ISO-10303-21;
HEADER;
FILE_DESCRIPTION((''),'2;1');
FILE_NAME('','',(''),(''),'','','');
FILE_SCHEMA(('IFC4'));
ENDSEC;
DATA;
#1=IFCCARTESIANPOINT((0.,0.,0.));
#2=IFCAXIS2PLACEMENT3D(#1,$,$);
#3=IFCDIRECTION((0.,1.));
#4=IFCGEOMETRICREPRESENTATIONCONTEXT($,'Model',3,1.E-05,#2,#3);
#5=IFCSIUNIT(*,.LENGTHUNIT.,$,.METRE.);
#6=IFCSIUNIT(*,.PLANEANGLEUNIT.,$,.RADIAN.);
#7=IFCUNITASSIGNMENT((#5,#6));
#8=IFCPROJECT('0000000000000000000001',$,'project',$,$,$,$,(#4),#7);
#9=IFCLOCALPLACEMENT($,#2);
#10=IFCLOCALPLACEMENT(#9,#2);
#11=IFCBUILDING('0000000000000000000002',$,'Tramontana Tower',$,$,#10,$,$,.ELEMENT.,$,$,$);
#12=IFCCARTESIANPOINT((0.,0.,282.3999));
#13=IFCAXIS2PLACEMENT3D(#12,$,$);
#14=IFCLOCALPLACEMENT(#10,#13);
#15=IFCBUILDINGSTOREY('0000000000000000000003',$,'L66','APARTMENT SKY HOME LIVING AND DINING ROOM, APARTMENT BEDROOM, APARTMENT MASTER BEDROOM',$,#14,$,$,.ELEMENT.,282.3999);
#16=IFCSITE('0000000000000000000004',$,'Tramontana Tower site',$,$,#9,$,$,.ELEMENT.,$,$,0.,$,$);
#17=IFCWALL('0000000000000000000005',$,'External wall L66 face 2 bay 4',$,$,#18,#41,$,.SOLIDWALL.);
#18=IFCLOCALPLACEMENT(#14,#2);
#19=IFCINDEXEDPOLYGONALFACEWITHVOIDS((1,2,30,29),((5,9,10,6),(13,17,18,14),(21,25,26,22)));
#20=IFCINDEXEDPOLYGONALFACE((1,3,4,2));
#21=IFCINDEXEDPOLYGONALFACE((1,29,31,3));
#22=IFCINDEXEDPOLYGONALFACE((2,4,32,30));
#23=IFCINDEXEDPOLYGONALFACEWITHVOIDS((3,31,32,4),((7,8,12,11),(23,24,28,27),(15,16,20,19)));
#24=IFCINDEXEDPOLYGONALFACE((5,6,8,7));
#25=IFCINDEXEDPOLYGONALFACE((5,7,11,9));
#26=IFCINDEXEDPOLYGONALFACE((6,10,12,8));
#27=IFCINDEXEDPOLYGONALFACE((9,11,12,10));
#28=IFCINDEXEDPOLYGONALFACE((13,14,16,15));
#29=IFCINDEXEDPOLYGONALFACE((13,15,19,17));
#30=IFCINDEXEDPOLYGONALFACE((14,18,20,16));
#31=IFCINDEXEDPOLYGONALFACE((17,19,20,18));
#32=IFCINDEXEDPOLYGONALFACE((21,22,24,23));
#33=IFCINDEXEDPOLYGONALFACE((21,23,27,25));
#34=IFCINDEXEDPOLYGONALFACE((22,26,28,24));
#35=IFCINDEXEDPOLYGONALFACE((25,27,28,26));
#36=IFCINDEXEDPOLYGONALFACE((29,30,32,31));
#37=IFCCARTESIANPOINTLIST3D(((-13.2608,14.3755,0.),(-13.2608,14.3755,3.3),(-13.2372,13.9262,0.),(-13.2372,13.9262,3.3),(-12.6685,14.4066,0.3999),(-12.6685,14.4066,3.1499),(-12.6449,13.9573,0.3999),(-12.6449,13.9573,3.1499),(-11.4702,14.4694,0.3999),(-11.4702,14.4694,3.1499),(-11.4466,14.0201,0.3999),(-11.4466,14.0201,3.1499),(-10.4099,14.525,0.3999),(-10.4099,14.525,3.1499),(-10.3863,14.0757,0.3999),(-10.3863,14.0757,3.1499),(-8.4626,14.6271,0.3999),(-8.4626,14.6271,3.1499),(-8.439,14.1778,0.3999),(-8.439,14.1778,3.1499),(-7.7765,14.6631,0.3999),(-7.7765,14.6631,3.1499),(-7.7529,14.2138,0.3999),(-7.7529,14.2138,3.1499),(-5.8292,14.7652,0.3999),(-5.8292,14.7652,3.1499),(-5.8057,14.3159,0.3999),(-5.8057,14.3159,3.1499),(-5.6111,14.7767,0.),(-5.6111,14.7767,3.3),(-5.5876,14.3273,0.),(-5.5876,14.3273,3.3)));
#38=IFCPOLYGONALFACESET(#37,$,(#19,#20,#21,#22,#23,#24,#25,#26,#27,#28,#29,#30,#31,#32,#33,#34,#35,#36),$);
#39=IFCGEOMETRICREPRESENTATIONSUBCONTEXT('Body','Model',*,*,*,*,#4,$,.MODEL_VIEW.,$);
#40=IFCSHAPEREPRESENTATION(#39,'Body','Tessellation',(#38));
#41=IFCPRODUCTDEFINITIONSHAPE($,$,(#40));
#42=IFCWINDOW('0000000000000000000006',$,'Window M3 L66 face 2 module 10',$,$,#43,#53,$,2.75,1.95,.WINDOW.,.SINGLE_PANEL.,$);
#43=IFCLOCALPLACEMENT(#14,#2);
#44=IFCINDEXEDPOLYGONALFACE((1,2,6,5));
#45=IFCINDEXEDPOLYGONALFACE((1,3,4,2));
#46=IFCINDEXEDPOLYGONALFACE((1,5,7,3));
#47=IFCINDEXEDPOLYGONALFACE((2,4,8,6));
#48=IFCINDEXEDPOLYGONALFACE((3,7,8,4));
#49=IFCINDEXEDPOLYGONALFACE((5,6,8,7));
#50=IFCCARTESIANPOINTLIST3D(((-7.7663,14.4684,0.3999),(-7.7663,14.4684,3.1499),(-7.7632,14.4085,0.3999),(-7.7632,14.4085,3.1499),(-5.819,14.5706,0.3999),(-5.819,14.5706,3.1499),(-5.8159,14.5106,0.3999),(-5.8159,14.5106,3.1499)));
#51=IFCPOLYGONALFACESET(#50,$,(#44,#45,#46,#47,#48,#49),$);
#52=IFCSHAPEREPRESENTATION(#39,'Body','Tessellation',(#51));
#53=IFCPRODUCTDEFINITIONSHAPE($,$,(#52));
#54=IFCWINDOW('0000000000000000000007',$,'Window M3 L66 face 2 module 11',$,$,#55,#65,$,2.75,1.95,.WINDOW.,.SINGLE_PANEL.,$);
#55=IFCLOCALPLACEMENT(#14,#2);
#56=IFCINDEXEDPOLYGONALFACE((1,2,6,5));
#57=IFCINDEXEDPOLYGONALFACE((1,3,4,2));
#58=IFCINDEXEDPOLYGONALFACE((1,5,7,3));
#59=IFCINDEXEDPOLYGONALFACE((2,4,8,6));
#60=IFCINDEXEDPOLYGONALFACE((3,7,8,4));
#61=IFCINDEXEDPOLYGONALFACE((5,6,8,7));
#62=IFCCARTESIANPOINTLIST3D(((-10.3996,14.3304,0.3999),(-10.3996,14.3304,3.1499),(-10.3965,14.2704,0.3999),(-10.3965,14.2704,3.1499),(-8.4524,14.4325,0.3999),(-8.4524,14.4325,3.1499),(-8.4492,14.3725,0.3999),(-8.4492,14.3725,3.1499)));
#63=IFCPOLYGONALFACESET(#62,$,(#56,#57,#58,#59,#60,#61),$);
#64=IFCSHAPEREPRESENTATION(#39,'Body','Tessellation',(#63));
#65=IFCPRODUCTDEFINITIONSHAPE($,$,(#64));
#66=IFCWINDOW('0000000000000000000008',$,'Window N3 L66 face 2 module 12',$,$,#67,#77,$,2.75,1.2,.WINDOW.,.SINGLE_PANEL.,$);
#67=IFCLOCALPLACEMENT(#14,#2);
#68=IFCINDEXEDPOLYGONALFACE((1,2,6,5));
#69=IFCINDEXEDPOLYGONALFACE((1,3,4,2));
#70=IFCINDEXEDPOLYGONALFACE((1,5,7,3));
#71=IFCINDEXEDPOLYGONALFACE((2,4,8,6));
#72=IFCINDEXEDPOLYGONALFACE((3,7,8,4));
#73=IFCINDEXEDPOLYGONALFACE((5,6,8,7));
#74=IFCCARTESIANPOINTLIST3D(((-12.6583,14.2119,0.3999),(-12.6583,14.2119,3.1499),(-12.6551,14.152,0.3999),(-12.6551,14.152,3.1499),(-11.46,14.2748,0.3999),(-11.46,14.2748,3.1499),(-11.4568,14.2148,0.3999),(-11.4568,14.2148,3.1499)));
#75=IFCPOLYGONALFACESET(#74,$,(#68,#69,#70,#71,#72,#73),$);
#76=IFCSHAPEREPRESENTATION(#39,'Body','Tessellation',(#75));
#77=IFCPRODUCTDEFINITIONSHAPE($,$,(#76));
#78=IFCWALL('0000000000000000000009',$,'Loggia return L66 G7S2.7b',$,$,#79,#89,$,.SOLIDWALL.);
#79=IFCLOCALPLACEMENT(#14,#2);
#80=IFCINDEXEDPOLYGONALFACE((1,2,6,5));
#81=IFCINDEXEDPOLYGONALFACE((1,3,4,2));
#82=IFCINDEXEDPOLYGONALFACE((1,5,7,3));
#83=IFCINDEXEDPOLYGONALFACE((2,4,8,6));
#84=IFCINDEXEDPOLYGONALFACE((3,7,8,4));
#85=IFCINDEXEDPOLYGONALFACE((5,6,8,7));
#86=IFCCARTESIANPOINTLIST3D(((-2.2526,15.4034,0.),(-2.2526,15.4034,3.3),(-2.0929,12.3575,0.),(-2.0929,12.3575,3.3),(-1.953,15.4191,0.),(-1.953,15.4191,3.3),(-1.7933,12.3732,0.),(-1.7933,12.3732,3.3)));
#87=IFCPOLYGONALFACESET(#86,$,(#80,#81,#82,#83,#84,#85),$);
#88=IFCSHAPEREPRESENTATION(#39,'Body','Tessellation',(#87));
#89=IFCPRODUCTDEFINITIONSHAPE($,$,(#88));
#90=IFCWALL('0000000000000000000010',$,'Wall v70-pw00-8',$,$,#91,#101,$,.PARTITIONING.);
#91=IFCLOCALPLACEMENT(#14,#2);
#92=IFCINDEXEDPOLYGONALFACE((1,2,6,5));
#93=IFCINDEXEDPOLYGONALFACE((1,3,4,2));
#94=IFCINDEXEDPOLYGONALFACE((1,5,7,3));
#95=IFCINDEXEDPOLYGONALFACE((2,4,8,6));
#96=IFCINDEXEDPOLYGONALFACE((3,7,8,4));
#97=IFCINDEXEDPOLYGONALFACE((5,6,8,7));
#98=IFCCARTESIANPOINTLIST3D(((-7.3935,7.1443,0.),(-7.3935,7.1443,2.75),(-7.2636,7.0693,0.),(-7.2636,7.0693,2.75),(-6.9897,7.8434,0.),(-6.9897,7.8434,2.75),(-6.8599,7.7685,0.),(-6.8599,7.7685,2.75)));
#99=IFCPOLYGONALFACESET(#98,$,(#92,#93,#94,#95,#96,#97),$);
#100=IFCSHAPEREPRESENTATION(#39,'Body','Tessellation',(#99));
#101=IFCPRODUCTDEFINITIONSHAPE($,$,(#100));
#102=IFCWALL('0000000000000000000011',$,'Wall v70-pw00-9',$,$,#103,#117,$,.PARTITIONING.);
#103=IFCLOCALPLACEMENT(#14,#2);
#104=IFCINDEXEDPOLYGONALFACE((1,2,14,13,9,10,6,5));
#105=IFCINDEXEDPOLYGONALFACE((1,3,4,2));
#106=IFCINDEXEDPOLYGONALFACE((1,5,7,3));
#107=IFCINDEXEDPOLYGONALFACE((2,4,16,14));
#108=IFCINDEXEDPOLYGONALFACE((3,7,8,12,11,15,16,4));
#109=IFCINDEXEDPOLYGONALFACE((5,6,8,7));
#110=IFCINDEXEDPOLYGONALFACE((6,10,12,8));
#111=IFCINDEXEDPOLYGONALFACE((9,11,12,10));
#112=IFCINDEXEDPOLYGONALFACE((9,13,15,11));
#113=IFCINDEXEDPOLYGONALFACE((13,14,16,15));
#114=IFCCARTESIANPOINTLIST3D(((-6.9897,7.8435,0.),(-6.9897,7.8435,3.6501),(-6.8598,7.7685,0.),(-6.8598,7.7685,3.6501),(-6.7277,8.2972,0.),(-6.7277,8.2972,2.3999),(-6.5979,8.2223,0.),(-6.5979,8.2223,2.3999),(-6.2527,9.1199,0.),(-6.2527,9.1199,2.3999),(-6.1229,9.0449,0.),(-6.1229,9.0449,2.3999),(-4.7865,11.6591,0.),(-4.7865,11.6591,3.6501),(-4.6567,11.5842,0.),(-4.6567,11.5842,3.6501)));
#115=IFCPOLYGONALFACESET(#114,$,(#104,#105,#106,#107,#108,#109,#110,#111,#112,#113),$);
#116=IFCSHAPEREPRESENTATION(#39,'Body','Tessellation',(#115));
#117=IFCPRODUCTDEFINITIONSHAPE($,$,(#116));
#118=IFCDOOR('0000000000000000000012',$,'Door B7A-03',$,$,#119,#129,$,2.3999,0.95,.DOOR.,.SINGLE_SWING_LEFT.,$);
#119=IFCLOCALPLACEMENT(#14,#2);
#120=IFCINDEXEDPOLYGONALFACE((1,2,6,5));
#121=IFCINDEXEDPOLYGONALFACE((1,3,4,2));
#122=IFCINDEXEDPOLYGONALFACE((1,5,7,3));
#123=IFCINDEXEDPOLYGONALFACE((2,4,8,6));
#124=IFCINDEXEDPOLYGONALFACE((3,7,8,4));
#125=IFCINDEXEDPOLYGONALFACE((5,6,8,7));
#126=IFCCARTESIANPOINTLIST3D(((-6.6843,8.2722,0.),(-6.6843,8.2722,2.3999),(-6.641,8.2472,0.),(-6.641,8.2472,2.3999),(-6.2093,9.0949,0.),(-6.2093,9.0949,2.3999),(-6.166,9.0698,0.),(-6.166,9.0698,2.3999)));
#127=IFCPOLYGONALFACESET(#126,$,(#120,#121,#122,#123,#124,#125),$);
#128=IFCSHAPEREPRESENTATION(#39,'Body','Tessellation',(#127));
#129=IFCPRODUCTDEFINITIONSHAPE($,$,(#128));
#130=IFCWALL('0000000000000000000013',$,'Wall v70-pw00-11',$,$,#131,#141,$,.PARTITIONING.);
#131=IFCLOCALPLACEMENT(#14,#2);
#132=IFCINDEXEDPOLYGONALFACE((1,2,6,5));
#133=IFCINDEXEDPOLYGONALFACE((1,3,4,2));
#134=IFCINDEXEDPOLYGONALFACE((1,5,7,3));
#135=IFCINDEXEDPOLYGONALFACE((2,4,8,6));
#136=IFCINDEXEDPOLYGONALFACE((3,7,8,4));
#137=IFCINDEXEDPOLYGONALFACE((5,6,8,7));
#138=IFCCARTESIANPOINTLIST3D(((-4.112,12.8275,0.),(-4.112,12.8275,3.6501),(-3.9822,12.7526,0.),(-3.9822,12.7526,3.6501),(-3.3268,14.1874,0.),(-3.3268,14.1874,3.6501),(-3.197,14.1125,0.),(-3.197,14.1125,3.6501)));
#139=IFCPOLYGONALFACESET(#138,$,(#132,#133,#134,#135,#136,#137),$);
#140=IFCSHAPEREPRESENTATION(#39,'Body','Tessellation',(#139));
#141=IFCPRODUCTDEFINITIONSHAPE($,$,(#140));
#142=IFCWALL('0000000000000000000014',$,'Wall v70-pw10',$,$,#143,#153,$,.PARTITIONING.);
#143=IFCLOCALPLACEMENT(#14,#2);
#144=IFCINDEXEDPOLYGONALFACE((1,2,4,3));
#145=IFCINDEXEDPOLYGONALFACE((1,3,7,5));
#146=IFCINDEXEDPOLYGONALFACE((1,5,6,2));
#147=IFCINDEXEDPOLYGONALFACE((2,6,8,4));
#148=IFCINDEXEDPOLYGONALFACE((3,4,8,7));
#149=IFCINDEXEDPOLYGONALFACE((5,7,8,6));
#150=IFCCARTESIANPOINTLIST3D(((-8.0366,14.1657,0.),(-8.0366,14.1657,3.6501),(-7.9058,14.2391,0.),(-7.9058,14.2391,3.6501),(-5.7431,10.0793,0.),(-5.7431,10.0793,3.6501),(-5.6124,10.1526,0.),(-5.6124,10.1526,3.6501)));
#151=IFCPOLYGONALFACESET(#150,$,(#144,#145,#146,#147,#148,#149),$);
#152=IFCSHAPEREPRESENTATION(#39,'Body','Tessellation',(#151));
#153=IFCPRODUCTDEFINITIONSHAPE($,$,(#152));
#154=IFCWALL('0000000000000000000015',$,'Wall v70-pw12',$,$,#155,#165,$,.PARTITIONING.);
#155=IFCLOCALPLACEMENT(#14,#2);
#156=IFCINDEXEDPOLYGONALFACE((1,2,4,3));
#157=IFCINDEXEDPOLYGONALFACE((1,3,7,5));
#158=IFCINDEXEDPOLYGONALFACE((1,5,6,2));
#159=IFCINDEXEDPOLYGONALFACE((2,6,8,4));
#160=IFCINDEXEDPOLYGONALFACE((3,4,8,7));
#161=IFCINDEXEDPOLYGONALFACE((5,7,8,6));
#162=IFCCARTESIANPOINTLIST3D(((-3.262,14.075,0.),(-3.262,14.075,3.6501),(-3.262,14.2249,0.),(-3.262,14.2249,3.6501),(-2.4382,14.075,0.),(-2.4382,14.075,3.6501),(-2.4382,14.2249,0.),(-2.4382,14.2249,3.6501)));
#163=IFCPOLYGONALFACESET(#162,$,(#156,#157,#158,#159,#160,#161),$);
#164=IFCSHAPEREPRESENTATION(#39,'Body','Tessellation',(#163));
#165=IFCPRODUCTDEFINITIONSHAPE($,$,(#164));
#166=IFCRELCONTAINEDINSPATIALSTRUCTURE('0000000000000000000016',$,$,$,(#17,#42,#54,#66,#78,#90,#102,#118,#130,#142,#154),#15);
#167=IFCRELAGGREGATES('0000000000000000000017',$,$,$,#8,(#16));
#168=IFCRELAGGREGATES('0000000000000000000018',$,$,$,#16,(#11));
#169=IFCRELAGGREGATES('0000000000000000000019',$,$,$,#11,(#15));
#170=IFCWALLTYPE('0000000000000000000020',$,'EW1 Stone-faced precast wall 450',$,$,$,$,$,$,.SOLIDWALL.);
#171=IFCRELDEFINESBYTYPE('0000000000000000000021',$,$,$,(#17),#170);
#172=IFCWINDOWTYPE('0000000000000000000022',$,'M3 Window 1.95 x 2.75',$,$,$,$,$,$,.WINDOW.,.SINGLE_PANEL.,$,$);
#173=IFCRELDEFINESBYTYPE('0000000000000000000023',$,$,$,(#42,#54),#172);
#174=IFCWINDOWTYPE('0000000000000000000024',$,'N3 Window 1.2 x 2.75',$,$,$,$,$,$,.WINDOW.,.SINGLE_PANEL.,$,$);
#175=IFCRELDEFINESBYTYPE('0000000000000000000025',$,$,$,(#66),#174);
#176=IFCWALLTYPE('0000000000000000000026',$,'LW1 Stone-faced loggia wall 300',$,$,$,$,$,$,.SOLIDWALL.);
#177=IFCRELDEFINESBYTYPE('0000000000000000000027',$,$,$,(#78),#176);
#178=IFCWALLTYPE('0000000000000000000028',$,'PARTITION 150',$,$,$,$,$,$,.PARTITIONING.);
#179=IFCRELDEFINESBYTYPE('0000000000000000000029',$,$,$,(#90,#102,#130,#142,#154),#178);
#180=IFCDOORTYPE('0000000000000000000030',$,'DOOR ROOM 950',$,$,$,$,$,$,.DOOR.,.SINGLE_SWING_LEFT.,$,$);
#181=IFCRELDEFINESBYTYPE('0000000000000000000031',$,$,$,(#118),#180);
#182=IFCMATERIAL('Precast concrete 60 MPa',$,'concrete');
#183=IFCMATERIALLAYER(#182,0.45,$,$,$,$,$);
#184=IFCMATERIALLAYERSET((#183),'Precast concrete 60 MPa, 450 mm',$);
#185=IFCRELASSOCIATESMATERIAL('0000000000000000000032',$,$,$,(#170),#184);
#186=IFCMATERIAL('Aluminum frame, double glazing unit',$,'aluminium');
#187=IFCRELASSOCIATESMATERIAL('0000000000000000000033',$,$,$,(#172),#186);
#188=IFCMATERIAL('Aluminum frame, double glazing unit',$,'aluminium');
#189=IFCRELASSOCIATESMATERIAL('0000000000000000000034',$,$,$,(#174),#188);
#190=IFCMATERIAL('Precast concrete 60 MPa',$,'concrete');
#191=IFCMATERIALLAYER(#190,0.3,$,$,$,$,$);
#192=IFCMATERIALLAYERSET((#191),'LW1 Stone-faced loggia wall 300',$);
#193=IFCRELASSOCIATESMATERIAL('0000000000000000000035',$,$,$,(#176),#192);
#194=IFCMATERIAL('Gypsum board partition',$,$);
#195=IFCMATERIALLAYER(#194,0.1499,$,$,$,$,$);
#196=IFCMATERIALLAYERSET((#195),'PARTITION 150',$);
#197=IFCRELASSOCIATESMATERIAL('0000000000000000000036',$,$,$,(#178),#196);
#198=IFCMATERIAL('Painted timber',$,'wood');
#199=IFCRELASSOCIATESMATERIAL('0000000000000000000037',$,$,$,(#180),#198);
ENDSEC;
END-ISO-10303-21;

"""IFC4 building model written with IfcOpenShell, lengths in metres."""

from ifc_helpers import new_model, si_unit, direction, frame, frame_2d, origin, place, context, subcontext, project, spatial, rectangle, extrude, material, layer, layer_set, type_object, element, fill, save


model = new_model("IFC4")

# Units and contexts
model_context = context("Model", 3, precision=1e-05, world=origin(), true_north=direction((0.0, 1.0)))
body_context = subcontext(model_context, "Body", "Model", "MODEL_VIEW")
ifc_project = project(units=[si_unit("LENGTHUNIT", "METRE"), si_unit("PLANEANGLEUNIT", "RADIAN")], contexts=[model_context])

# Site, building, storey
site_placement = place(None, origin())
site = spatial("IfcSite", under=ifc_project, at=site_placement, Name="Tramontana Tower site", CompositionType="ELEMENT", RefElevation=0.0)
building_placement = place(site_placement, origin())
building = spatial("IfcBuilding", under=site, at=building_placement, Name="Tramontana Tower", CompositionType="ELEMENT")
storey_placement = place(building_placement, frame((0.0, 0.0, 282.3999)))
storey = spatial("IfcBuildingStorey", under=building, at=storey_placement, Name="L66", Description="APARTMENT SKY HOME LIVING AND DINING ROOM, APARTMENT BEDROOM, APARTMENT MASTER BEDROOM", CompositionType="ELEMENT", Elevation=282.3999)

# Shared definitions
ifc_material_1 = material(Name="Precast concrete 60 MPa", Category="concrete")
ifc_layer_1 = layer(ifc_material_1, 0.45)
ifc_layer_set_1 = layer_set([ifc_layer_1], Name="Precast concrete 60 MPa, 450 mm")
wall_type_1 = type_object("IfcWallType", Name="EW1 Stone-faced precast wall 450", PredefinedType="SOLIDWALL", material=ifc_layer_set_1)
ifc_material_2 = material(Name="Aluminum frame, double glazing unit", Category="aluminium")
window_type_1 = type_object("IfcWindowType", Name="M3 Window 1.95 x 2.75", PartitioningType="SINGLE_PANEL", PredefinedType="WINDOW", material=ifc_material_2)

# Wall, openings, windows
wall_1_placement = place(storey_placement, frame((-5.5994, 14.552, 0.0), z_axis=(0.0, 0.0, 1.0), x_axis=(-0.998628, -0.052365, 0.0)))
wall_1 = element("IfcWall", 1, at=wall_1_placement, inside=storey, type_object=wall_type_1, Name="External wall L66 face 2 bay 4", PredefinedType="SOLIDWALL", context=body_context, shape_type="SweptSolid", body=[
    extrude(rectangle(XDim=7.6602, YDim=0.45, at=frame_2d((3.8301, 0.0))), origin(), (0.0, 0.0, 1.0), 3.3),
])
opening_1_placement = place(wall_1_placement, frame((0.2183, 0.0, 0.3999)))
opening_1 = element("IfcOpeningElement", 2, at=opening_1_placement, cuts=wall_1, PredefinedType="OPENING", context=body_context, shape_type="SweptSolid", body=[
    extrude(rectangle(XDim=1.95, YDim=2.75, at=frame_2d((0.9751, 1.375))), frame((0.0, 0.2349, 0.0), z_axis=(0.0, -1.0, 0.0), x_axis=(1.0, 0.0, 0.0)), (0.0, 0.0, 1.0), 0.47),
])
opening_2_placement = place(wall_1_placement, frame((2.8552, 0.0, 0.3999)))
opening_2 = element("IfcOpeningElement", 3, at=opening_2_placement, cuts=wall_1, PredefinedType="OPENING", context=body_context, shape_type="SweptSolid", body=[
    extrude(rectangle(XDim=1.95, YDim=2.75, at=frame_2d((0.9751, 1.375))), frame((0.0, 0.2349, 0.0), z_axis=(0.0, -1.0, 0.0), x_axis=(1.0, 0.0, 0.0)), (0.0, 0.0, 1.0), 0.47),
])
opening_3_placement = place(wall_1_placement, frame((5.8669, 0.0, 0.3999)))
opening_3 = element("IfcOpeningElement", 4, at=opening_3_placement, cuts=wall_1, PredefinedType="OPENING", context=body_context, shape_type="SweptSolid", body=[
    extrude(rectangle(XDim=1.2, YDim=2.75, at=frame_2d((0.6001, 1.375))), frame((0.0, 0.2349, 0.0), z_axis=(0.0, -1.0, 0.0), x_axis=(1.0, 0.0, 0.0)), (0.0, 0.0, 1.0), 0.47),
])
window_1_placement = place(opening_1_placement, origin())
window_1 = element("IfcWindow", 5, at=window_1_placement, inside=storey, type_object=window_type_1, Name="Window M3 L66 face 2 module 10", OverallHeight=2.75, OverallWidth=1.95, PartitioningType="SINGLE_PANEL", PredefinedType="WINDOW", context=body_context, shape_type="SweptSolid", body=[
    extrude(rectangle(XDim=1.95, YDim=2.75, at=frame_2d((0.9751, 1.375))), frame((0.0, 0.03, 0.0), z_axis=(0.0, -1.0, 0.0), x_axis=(1.0, 0.0, 0.0)), (0.0, 0.0, 1.0), 0.0601),
])
fill(opening_1, window_1)
window_2_placement = place(opening_2_placement, origin())
window_2 = element("IfcWindow", 6, at=window_2_placement, inside=storey, type_object=window_type_1, Name="Window M3 L66 face 2 module 11", OverallHeight=2.75, OverallWidth=1.95, PartitioningType="SINGLE_PANEL", PredefinedType="WINDOW", context=body_context, shape_type="SweptSolid", body=[
    extrude(rectangle(XDim=1.95, YDim=2.75, at=frame_2d((0.9751, 1.375))), frame((0.0, 0.03, 0.0), z_axis=(0.0, -1.0, 0.0), x_axis=(1.0, 0.0, 0.0)), (0.0, 0.0, 1.0), 0.0601),
])
fill(opening_2, window_2)
ifc_material_3 = material(Name="Aluminum frame, double glazing unit", Category="aluminium")
window_type_2 = type_object("IfcWindowType", Name="N3 Window 1.2 x 2.75", PartitioningType="SINGLE_PANEL", PredefinedType="WINDOW", material=ifc_material_3)
window_3_placement = place(opening_3_placement, origin())
window_3 = element("IfcWindow", 7, at=window_3_placement, inside=storey, type_object=window_type_2, Name="Window N3 L66 face 2 module 12", OverallHeight=2.75, OverallWidth=1.2, PartitioningType="SINGLE_PANEL", PredefinedType="WINDOW", context=body_context, shape_type="SweptSolid", body=[
    extrude(rectangle(XDim=1.2, YDim=2.75, at=frame_2d((0.6001, 1.375))), frame((0.0, 0.03, 0.0), z_axis=(0.0, -1.0, 0.0), x_axis=(1.0, 0.0, 0.0)), (0.0, 0.0, 1.0), 0.0601),
])
fill(opening_3, window_3)

# Walls
ifc_material_4 = material(Name="Precast concrete 60 MPa", Category="concrete")
ifc_layer_2 = layer(ifc_material_4, 0.3)
ifc_layer_set_2 = layer_set([ifc_layer_2], Name="LW1 Stone-faced loggia wall 300")
wall_type_2 = type_object("IfcWallType", Name="LW1 Stone-faced loggia wall 300", PredefinedType="SOLIDWALL", material=ifc_layer_set_2)
wall_2_placement = place(storey_placement, frame((-2.1028, 15.4111, 0.0), z_axis=(0.0, 0.0, 1.0), x_axis=(0.052349, -0.998629, 0.0)))
element("IfcWall", 8, at=wall_2_placement, inside=storey, type_object=wall_type_2, Name="Loggia return L66 G7S2.7b", PredefinedType="SOLIDWALL", context=body_context, shape_type="SweptSolid", body=[
    extrude(rectangle(XDim=3.05, YDim=0.3, at=frame_2d((1.5249, 0.0))), origin(), (0.0, 0.0, 1.0), 3.3),
])
ifc_material_5 = material(Name="Gypsum board partition")
ifc_layer_3 = layer(ifc_material_5, 0.1499)
ifc_layer_set_3 = layer_set([ifc_layer_3], Name="PARTITION 150")
wall_type_3 = type_object("IfcWallType", Name="PARTITION 150", PredefinedType="PARTITIONING", material=ifc_layer_set_3)
wall_3_placement = place(storey_placement, frame((-7.3286, 7.1067, 0.0), z_axis=(0.0, 0.0, 1.0), x_axis=(0.500106, 0.865964, 0.0)))
element("IfcWall", 9, at=wall_3_placement, inside=storey, type_object=wall_type_3, Name="Wall v70-pw00-8", PredefinedType="PARTITIONING", context=body_context, shape_type="SweptSolid", body=[
    extrude(rectangle(XDim=0.8074, YDim=0.1499, at=frame_2d((0.4038, 0.0))), origin(), (0.0, 0.0, 1.0), 2.75),
])

# Wall, opening, door
wall_4_placement = place(storey_placement, frame((-6.9248, 7.8059, 0.0), z_axis=(0.0, 0.0, 1.0), x_axis=(0.500025, 0.866011, 0.0)))
wall_4 = element("IfcWall", 10, at=wall_4_placement, inside=storey, type_object=wall_type_3, Name="Wall v70-pw00-9", PredefinedType="PARTITIONING", context=body_context, shape_type="SweptSolid", body=[
    extrude(rectangle(XDim=4.406, YDim=0.1499, at=frame_2d((2.2031, 0.0))), origin(), (0.0, 0.0, 1.0), 3.6501),
])
opening_4_placement = place(wall_4_placement, frame((0.5239, 0.0, 0.0)))
opening_4 = element("IfcOpeningElement", 11, at=opening_4_placement, cuts=wall_4, PredefinedType="OPENING", context=body_context, shape_type="SweptSolid", body=[
    extrude(rectangle(XDim=0.95, YDim=2.3999, at=frame_2d((0.4751, 1.2))), frame((0.0, 0.085, 0.0), z_axis=(0.0, -1.0, 0.0), x_axis=(1.0, 0.0, 0.0)), (0.0, 0.0, 1.0), 0.1699),
])
ifc_material_6 = material(Name="Painted timber", Category="wood")
door_type_1 = type_object("IfcDoorType", Name="DOOR ROOM 950", OperationType="SINGLE_SWING_LEFT", PredefinedType="DOOR", material=ifc_material_6)
door_1_placement = place(opening_4_placement, origin())
door_1 = element("IfcDoor", 12, at=door_1_placement, inside=storey, type_object=door_type_1, Name="Door B7A-03", OperationType="SINGLE_SWING_LEFT", OverallHeight=2.3999, OverallWidth=0.95, PredefinedType="DOOR", context=body_context, shape_type="SweptSolid", body=[
    extrude(rectangle(XDim=0.95, YDim=2.3999, at=frame_2d((0.4751, 1.2))), frame((0.0, 0.0249, 0.0), z_axis=(0.0, -1.0, 0.0), x_axis=(1.0, 0.0, 0.0)), (0.0, 0.0, 1.0), 0.05),
])
fill(opening_4, door_1)

# Walls
wall_5_placement = place(storey_placement, frame((-4.0471, 12.79, 0.0), z_axis=(0.0, 0.0, 1.0), x_axis=(0.500019, 0.866015, 0.0)))
element("IfcWall", 13, at=wall_5_placement, inside=storey, type_object=wall_type_3, Name="Wall v70-pw00-11", PredefinedType="PARTITIONING", context=body_context, shape_type="SweptSolid", body=[
    extrude(rectangle(XDim=1.5703, YDim=0.1499, at=frame_2d((0.7852, 0.0))), origin(), (0.0, 0.0, 1.0), 3.6501),
])
wall_6_placement = place(storey_placement, frame((-7.9712, 14.2024, 0.0), z_axis=(0.0, 0.0, 1.0), x_axis=(0.489425, -0.872045, 0.0)))
element("IfcWall", 14, at=wall_6_placement, inside=storey, type_object=wall_type_3, Name="Wall v70-pw10", PredefinedType="PARTITIONING", context=body_context, shape_type="SweptSolid", body=[
    extrude(rectangle(XDim=4.686, YDim=0.1499, at=frame_2d((2.343, 0.0))), origin(), (0.0, 0.0, 1.0), 3.6501),
])
wall_7_placement = place(storey_placement, frame((-3.262, 14.1499, 0.0), z_axis=(0.0, 0.0, 1.0), x_axis=(1.0, 0.0, 0.0)))
element("IfcWall", 15, at=wall_7_placement, inside=storey, type_object=wall_type_3, Name="Wall v70-pw12", PredefinedType="PARTITIONING", context=body_context, shape_type="SweptSolid", body=[
    extrude(rectangle(XDim=0.8237, YDim=0.1499, at=frame_2d((0.4119, 0.0))), origin(), (0.0, 0.0, 1.0), 3.6501),
])

save(model, "model.ifc")
